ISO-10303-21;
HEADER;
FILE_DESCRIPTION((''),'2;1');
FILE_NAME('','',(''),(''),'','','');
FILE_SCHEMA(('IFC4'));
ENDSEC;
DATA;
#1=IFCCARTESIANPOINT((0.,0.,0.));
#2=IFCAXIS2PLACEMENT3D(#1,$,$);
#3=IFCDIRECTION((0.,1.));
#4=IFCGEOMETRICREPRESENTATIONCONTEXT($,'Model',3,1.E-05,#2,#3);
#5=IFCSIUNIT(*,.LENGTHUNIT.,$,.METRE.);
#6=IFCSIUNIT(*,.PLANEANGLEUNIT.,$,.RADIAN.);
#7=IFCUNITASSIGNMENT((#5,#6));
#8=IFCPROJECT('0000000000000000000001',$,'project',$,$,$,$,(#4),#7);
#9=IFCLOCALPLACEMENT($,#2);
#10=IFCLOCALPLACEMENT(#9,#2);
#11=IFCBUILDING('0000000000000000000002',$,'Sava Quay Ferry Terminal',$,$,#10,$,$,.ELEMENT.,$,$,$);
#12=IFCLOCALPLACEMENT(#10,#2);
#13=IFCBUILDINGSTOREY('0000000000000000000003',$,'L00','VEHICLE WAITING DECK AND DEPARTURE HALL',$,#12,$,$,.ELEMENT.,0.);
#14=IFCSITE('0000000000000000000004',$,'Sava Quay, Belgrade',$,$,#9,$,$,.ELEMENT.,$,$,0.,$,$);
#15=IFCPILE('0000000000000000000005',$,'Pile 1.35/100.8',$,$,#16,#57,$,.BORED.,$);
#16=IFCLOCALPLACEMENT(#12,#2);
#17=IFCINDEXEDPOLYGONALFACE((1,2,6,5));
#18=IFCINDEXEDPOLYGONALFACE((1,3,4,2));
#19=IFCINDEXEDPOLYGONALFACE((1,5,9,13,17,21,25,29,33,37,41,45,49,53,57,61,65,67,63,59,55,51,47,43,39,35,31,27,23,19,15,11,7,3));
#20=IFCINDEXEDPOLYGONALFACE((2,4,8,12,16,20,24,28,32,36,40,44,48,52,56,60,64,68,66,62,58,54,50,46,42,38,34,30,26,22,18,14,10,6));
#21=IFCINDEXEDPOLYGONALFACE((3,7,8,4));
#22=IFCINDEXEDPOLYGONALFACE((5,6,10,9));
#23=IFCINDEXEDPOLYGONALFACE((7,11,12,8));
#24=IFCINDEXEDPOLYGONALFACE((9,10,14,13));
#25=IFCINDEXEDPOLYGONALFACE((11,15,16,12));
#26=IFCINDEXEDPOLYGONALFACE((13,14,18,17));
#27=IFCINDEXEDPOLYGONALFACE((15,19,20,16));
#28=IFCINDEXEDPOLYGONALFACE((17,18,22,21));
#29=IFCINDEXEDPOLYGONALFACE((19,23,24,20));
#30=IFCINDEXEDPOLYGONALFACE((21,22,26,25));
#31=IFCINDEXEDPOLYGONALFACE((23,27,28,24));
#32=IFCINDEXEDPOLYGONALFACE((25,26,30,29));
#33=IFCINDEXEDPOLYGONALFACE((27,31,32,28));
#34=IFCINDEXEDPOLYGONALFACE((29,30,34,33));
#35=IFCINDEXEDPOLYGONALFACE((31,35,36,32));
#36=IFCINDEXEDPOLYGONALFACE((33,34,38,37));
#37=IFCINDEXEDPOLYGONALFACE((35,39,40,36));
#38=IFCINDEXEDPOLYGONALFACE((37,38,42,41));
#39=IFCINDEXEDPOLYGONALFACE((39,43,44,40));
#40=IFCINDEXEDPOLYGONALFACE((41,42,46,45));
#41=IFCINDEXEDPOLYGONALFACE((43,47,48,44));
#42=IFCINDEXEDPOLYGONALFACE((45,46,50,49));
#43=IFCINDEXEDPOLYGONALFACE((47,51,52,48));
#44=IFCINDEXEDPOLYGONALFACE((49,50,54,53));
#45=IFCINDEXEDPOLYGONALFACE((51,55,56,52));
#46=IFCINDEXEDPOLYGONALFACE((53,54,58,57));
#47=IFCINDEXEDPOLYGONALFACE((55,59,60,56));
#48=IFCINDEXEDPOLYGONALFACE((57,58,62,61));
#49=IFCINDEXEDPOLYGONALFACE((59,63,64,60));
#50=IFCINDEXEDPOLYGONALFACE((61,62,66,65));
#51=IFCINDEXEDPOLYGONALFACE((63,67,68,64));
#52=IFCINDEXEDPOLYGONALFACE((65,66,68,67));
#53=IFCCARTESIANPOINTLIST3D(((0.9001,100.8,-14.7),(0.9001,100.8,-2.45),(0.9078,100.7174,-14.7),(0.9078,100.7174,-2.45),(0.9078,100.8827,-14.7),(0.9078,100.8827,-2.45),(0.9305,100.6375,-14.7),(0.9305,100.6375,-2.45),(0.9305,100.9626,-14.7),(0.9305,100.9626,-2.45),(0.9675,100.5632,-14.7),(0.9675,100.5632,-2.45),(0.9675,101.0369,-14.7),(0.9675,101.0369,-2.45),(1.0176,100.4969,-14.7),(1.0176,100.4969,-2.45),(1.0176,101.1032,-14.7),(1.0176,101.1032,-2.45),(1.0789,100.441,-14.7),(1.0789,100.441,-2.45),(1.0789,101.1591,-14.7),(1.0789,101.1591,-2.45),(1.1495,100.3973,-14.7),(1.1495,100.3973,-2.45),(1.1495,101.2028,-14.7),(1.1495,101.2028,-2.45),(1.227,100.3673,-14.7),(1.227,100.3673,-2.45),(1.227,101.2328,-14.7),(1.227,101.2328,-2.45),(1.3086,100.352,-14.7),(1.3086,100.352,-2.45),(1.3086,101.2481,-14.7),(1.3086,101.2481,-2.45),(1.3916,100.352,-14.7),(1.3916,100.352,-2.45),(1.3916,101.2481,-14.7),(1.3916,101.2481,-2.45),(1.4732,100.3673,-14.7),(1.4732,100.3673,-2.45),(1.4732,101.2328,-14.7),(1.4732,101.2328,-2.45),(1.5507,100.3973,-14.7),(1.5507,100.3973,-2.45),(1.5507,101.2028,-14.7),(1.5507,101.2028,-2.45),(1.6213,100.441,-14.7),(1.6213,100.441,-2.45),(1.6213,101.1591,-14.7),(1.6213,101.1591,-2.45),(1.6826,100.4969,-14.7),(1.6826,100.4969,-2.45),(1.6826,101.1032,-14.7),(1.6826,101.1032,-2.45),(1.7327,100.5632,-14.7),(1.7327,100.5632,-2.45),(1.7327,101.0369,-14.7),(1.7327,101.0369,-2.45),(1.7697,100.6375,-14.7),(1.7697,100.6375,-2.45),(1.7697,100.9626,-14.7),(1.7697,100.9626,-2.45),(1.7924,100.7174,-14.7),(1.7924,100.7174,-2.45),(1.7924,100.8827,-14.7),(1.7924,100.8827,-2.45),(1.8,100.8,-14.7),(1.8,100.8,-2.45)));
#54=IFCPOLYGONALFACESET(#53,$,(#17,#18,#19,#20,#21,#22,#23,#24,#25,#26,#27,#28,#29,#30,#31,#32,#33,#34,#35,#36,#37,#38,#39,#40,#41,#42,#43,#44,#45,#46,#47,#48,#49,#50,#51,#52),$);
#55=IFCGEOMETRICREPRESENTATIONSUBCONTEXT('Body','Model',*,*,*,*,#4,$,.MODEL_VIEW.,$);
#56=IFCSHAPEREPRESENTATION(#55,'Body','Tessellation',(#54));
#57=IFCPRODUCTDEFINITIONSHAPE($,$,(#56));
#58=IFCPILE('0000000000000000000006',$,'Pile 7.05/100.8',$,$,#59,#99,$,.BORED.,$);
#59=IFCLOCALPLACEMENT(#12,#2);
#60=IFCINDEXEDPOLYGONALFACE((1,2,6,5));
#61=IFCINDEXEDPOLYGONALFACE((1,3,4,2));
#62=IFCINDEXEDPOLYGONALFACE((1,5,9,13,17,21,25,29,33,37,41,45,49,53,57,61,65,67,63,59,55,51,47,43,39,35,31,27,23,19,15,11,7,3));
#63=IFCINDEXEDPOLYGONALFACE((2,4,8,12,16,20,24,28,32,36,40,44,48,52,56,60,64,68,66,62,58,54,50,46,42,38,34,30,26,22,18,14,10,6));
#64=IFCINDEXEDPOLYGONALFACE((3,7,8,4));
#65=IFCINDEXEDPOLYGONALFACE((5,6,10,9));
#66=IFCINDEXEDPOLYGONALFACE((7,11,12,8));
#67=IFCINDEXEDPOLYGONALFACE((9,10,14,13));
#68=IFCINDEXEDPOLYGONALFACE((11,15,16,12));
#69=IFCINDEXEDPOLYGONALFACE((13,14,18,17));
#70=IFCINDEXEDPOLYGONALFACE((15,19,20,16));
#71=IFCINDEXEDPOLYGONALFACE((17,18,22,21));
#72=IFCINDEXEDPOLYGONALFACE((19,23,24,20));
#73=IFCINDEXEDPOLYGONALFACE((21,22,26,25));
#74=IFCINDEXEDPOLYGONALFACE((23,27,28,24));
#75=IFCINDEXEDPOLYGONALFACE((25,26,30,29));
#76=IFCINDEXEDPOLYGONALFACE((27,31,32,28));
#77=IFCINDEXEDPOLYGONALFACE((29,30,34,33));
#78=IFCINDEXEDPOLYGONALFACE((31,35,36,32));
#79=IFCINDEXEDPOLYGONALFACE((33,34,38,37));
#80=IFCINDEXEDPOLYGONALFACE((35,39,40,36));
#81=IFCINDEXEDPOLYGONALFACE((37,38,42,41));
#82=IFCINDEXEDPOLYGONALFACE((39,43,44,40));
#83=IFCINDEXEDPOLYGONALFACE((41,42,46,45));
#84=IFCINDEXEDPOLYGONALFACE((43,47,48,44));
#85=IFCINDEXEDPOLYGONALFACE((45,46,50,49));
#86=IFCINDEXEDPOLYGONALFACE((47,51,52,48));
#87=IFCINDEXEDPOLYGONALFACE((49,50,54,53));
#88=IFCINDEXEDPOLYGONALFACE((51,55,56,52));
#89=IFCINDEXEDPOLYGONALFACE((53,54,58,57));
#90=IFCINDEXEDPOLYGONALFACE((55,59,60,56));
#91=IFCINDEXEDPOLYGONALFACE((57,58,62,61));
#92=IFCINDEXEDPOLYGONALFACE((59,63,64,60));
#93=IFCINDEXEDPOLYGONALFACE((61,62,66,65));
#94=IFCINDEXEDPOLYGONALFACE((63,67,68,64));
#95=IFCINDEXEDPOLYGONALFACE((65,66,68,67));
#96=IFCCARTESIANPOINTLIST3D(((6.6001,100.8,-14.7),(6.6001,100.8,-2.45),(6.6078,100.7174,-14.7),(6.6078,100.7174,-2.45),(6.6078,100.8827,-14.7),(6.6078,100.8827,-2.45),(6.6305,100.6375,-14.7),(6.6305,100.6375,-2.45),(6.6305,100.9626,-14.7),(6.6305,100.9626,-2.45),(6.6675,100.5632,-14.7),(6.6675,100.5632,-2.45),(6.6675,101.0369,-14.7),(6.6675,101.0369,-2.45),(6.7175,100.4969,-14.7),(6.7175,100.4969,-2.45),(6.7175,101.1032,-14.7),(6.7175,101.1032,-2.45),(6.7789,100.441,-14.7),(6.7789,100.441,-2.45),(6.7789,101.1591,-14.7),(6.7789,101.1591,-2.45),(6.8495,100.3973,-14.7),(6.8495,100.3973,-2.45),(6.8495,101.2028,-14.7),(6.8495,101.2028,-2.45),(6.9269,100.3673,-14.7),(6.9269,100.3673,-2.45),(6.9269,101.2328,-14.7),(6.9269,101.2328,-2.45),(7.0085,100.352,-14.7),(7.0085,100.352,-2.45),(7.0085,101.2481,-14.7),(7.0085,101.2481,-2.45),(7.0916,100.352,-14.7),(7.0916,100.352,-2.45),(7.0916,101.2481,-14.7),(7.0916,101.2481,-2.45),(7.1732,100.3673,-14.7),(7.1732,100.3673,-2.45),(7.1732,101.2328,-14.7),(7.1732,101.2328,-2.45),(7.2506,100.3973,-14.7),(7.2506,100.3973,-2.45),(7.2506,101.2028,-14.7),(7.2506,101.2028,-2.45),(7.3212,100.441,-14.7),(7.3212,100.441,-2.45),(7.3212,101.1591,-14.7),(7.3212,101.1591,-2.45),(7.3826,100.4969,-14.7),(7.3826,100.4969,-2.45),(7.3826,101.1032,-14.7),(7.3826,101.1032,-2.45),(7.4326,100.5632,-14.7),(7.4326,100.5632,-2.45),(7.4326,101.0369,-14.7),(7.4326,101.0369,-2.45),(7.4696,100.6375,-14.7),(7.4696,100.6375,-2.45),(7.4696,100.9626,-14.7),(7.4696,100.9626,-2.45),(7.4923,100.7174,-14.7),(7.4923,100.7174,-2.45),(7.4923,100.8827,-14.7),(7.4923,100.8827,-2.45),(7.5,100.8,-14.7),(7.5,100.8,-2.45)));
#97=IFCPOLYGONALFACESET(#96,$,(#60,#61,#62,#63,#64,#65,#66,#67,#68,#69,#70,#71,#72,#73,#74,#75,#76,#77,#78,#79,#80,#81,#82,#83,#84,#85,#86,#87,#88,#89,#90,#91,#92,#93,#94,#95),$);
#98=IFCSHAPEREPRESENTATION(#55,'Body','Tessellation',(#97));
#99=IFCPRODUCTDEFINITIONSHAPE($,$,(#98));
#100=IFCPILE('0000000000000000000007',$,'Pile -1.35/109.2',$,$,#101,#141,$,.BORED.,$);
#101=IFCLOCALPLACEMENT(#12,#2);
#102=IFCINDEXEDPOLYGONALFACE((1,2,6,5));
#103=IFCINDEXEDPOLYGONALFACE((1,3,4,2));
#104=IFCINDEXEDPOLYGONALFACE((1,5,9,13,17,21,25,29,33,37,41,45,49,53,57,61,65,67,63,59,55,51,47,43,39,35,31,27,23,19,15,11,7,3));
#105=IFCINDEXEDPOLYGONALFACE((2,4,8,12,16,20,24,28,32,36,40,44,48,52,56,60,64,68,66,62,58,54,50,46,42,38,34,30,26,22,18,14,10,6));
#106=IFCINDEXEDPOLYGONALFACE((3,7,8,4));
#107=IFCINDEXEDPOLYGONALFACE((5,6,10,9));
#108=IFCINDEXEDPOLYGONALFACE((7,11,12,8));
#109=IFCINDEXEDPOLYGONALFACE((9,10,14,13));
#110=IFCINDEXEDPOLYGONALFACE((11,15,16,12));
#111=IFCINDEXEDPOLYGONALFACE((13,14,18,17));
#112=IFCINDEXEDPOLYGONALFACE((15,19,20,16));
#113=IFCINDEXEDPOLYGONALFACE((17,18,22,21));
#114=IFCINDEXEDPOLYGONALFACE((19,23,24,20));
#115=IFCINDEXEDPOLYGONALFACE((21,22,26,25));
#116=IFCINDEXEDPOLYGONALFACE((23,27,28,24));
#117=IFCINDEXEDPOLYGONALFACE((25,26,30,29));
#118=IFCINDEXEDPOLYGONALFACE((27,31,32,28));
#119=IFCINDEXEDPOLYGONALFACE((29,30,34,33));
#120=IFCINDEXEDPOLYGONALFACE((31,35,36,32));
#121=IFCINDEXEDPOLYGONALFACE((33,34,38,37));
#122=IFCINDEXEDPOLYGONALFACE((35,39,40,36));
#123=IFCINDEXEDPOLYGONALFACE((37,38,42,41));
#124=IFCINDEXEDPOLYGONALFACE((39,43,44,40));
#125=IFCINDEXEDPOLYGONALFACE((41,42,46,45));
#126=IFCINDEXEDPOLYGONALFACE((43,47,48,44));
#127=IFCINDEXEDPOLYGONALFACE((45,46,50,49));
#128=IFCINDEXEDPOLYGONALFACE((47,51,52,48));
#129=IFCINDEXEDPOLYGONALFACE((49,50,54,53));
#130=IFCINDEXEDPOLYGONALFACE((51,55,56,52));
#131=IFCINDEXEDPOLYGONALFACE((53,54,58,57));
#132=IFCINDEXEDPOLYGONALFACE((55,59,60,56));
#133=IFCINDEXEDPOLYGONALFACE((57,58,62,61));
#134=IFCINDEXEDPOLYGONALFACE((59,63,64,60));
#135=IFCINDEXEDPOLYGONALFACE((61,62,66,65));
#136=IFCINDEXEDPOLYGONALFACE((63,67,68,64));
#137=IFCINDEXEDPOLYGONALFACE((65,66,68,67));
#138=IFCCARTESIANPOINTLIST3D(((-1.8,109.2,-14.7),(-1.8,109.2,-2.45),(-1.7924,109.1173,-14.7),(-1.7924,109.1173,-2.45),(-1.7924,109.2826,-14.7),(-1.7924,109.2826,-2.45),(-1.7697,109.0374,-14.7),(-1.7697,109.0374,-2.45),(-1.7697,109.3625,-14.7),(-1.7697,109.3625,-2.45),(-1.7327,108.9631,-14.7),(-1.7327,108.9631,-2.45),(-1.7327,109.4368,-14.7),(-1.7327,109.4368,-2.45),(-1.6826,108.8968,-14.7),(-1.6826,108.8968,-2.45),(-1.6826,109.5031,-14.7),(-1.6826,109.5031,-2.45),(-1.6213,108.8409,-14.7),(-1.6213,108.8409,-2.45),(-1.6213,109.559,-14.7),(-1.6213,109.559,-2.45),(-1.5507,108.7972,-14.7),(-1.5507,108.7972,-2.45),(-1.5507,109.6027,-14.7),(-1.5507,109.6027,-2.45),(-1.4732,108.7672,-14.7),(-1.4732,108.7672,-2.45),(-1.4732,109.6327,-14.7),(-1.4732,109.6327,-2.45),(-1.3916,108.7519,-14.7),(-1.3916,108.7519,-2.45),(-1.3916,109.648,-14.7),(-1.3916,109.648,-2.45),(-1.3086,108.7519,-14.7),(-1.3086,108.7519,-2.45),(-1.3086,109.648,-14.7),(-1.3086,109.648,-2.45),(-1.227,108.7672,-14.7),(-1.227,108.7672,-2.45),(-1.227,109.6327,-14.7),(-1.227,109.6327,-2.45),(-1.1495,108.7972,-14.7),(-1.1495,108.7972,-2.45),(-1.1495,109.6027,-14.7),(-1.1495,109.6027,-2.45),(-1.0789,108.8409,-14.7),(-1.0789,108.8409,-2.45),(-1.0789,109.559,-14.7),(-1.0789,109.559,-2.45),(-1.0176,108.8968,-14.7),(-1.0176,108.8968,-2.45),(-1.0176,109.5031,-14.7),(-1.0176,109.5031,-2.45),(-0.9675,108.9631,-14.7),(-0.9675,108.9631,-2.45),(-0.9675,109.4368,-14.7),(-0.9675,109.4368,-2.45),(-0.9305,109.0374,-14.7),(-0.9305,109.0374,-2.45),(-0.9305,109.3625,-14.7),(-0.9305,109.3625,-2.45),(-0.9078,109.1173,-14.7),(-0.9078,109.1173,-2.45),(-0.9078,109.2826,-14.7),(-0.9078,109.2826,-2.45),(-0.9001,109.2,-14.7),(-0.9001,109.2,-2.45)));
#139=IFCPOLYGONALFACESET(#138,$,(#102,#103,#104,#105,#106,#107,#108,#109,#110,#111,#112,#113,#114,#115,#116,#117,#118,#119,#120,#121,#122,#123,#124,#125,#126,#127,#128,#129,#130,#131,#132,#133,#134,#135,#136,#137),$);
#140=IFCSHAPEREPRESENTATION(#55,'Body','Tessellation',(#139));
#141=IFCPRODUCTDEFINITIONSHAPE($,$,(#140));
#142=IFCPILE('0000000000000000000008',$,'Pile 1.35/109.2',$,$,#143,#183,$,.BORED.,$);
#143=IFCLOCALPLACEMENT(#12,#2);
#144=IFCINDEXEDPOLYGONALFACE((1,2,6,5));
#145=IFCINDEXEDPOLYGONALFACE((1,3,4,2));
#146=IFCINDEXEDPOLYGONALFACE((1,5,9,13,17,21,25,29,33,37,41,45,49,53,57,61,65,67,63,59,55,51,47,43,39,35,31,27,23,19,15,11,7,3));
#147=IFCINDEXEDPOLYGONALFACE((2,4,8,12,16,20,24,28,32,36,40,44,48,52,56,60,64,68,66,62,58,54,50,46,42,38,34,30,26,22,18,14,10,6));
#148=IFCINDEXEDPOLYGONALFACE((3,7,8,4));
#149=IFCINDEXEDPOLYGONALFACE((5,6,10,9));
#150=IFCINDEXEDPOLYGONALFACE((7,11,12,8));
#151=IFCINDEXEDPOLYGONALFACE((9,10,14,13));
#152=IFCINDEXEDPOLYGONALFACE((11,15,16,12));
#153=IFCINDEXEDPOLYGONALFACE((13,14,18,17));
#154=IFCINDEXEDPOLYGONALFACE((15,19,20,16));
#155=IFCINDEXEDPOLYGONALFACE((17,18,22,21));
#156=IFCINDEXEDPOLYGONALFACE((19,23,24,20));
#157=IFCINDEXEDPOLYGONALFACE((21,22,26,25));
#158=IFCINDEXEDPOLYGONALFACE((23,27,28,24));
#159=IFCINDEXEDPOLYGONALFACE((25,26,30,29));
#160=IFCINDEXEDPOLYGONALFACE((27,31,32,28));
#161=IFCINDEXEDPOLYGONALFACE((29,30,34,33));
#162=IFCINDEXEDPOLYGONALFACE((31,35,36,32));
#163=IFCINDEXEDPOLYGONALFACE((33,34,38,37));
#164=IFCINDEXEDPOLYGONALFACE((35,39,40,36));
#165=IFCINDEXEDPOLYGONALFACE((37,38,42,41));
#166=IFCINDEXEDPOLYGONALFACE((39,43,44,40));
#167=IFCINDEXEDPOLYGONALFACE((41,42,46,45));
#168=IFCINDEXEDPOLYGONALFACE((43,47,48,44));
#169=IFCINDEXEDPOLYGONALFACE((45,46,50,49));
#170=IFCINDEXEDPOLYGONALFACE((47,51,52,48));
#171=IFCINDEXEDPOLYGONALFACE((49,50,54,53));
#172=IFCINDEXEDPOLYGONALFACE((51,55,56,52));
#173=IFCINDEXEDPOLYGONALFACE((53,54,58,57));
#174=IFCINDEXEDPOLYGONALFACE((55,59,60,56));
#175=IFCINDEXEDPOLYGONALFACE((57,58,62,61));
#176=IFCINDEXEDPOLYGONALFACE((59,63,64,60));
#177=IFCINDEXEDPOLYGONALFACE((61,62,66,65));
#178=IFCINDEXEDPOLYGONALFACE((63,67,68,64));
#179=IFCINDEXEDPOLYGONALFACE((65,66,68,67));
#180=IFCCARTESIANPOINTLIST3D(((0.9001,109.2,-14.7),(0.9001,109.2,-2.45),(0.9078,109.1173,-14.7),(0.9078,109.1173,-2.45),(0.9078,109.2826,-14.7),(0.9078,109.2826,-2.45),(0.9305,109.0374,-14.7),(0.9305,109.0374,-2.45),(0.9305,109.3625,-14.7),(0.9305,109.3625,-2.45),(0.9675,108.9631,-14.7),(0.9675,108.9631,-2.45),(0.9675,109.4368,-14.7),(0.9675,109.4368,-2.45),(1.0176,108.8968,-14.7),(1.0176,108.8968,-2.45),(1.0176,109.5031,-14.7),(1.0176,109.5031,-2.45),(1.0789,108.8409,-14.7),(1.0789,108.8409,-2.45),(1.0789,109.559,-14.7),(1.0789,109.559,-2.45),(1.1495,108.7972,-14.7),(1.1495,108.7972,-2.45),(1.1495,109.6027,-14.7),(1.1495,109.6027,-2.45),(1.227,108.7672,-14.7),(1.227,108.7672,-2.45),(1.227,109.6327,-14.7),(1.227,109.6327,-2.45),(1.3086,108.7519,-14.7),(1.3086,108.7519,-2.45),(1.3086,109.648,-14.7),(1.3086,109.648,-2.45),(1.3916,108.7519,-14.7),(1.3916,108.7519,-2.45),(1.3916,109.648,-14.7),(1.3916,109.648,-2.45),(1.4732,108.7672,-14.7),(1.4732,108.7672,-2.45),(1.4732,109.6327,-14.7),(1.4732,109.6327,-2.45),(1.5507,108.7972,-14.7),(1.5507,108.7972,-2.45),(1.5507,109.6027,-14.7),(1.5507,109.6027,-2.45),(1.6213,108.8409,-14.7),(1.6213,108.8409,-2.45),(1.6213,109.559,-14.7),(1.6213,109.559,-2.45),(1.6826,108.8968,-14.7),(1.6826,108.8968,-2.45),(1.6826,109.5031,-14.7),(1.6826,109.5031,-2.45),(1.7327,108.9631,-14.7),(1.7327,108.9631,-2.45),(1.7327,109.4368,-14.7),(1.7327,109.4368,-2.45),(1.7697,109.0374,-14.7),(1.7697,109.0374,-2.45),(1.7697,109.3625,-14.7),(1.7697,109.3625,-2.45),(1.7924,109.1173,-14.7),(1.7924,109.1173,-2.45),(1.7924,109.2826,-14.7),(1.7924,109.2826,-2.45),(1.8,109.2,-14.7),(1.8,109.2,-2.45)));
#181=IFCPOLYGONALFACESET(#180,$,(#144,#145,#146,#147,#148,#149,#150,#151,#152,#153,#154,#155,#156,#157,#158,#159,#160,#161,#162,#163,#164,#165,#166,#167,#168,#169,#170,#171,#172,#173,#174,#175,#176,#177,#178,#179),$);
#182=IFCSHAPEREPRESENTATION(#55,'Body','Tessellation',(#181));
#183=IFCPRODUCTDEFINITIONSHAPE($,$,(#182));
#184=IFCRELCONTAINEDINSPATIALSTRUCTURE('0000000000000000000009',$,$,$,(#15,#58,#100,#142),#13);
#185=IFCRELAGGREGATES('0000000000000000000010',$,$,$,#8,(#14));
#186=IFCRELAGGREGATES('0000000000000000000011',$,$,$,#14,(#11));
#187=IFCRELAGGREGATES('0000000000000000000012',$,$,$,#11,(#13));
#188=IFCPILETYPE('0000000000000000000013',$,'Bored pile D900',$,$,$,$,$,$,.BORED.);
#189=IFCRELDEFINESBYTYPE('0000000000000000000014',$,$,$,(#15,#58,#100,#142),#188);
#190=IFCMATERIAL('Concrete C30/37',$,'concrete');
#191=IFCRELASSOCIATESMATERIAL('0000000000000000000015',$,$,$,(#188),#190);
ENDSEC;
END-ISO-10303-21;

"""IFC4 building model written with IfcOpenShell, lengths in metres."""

from ifc_helpers import new_model, si_unit, direction, frame, origin, origin_2d, place, context, subcontext, project, spatial, circle, extrude, material, material_profile, profile_set, type_object, element, save


model = new_model("IFC4")

# Units and contexts
model_context = context("Model", 3, precision=1e-05, world=origin(), true_north=direction((0.0, 1.0)))
body_context = subcontext(model_context, "Body", "Model", "MODEL_VIEW")
ifc_project = project(units=[si_unit("LENGTHUNIT", "METRE"), si_unit("PLANEANGLEUNIT", "RADIAN")], contexts=[model_context])

# Site, building, storey
site_placement = place(None, origin())
site = spatial("IfcSite", under=ifc_project, at=site_placement, Name="Sava Quay, Belgrade", CompositionType="ELEMENT", RefElevation=0.0)
building_placement = place(site_placement, origin())
building = spatial("IfcBuilding", under=site, at=building_placement, Name="Sava Quay Ferry Terminal", CompositionType="ELEMENT")
storey_placement = place(building_placement, origin())
storey = spatial("IfcBuildingStorey", under=building, at=storey_placement, Name="L00", Description="VEHICLE WAITING DECK AND DEPARTURE HALL", CompositionType="ELEMENT", Elevation=0.0)

# Piles
ifc_material_1 = material(Name="Concrete C30/37", Category="concrete")
ifc_material_profile_1 = material_profile(ifc_material_1, circle(Radius=0.45, at=origin_2d()), Name="Bored pile D900")
ifc_profile_set_1 = profile_set([ifc_material_profile_1], Name="Concrete C30/37")
pile_type = type_object("IfcPileType", Name="Bored pile D900", PredefinedType="BORED", material=ifc_profile_set_1)
for number, where, z_axis, x_axis, name in (
    (1, (1.3501, 100.8, -2.45), (0.0, 0.0, -1.0), (1.0, 0.0, 0.0), "Pile 1.35/100.8"),
    (2, (7.05, 100.8, -2.45), (0.0, 0.0, -1.0), (1.0, 0.0, 0.0), "Pile 7.05/100.8"),
    (3, (-1.3501, 109.2, -2.45), (0.0, 0.0, -1.0), (1.0, 0.0, 0.0), "Pile -1.35/109.2"),
    (4, (1.3501, 109.2, -2.45), (0.0, 0.0, -1.0), (1.0, 0.0, 0.0), "Pile 1.35/109.2"),
):
    element("IfcPile", number, at=place(storey_placement, frame(where, z_axis=z_axis, x_axis=x_axis)), inside=storey, type_object=pile_type, Name=name, PredefinedType="BORED", context=body_context, shape_type="SweptSolid", body=[
        extrude(circle(Radius=0.45, at=origin_2d()), origin(), (0.0, 0.0, 1.0), 12.25),
    ])

save(model, "model.ifc")
